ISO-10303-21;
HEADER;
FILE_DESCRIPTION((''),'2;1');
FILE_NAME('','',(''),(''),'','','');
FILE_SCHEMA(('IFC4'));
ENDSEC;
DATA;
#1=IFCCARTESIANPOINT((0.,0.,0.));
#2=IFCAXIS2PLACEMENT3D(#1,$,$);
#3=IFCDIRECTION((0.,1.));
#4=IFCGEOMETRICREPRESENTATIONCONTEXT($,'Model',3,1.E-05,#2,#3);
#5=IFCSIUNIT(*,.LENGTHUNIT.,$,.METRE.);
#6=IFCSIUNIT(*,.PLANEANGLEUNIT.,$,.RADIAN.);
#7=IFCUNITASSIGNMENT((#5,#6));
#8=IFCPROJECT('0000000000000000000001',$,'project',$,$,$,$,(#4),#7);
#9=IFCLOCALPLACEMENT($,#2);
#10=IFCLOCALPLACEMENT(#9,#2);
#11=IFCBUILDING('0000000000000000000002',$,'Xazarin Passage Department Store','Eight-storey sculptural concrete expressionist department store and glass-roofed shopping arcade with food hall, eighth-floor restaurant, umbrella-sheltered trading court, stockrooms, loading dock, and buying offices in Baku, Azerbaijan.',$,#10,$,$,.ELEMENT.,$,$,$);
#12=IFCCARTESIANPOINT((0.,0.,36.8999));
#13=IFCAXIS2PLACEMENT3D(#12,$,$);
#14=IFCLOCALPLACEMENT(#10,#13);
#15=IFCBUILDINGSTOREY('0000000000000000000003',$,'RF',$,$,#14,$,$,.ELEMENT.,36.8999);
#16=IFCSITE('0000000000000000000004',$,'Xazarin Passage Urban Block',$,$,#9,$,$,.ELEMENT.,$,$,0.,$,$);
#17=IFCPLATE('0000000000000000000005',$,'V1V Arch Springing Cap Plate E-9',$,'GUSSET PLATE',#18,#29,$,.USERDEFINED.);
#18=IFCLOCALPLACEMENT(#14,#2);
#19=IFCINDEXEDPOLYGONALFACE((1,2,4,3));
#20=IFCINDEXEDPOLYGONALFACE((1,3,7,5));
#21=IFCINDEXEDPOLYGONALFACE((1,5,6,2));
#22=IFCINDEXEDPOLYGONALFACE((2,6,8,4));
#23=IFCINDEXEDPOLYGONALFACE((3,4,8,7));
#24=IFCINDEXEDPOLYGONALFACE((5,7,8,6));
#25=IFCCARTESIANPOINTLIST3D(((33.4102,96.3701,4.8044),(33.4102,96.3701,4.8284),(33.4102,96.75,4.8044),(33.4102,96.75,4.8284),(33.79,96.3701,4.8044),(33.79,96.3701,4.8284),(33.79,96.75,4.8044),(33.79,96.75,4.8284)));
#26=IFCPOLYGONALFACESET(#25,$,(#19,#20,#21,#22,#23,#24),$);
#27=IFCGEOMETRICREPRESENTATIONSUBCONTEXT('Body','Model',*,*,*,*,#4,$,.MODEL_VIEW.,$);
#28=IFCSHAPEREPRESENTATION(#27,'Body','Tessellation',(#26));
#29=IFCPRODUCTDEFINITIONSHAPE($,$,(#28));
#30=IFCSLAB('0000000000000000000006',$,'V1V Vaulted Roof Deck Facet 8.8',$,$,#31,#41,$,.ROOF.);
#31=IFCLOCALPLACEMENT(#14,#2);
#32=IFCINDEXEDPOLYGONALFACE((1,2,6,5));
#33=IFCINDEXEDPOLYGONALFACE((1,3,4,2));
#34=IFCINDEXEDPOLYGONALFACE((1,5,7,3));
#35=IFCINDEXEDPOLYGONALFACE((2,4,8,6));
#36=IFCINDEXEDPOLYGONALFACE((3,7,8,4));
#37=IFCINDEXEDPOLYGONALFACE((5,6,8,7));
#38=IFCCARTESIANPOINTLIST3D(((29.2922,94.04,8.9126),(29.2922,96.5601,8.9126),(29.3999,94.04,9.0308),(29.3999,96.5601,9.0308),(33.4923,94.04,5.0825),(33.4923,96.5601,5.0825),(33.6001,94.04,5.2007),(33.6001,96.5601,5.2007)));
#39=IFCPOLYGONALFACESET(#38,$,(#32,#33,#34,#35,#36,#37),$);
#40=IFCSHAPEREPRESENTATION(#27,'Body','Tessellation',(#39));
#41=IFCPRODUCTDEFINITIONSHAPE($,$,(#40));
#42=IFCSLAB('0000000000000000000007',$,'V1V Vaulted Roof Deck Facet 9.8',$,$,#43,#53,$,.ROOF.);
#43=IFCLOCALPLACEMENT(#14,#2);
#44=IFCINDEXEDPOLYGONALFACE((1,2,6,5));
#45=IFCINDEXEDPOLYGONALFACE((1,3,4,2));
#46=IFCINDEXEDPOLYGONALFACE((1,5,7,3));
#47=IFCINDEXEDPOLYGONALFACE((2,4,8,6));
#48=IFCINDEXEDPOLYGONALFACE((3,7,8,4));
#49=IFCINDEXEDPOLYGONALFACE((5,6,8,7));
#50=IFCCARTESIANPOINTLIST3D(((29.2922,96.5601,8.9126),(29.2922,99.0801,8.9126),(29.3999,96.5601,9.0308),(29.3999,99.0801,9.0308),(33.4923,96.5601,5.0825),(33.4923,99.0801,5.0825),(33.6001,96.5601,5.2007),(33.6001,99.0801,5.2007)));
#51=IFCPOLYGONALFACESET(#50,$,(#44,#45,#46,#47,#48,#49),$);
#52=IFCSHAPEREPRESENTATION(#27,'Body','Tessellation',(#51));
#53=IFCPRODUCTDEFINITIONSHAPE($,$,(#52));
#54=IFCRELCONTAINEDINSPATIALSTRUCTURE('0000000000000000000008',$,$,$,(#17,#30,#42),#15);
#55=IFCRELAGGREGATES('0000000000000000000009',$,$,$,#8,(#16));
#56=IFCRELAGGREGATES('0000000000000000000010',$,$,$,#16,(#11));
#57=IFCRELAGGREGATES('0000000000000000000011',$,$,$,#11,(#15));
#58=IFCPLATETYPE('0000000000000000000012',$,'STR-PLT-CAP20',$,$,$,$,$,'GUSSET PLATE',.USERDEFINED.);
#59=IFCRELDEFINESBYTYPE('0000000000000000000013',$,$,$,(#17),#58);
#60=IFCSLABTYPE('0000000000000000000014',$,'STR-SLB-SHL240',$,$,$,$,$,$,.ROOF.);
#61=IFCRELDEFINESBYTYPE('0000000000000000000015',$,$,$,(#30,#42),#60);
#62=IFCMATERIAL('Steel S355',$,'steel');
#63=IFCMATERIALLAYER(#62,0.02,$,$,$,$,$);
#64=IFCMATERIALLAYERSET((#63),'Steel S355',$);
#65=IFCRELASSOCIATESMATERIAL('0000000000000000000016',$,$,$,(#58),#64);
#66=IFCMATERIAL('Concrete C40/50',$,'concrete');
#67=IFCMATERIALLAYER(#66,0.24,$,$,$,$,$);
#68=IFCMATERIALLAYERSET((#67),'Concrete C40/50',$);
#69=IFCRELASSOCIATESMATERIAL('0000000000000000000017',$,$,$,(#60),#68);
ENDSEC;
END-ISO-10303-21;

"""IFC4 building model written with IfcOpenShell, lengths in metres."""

from ifc_helpers import new_model, si_unit, direction, frame, origin, origin_2d, place, context, subcontext, project, spatial, polyline, rectangle, outline, extrude, material, layer, layer_set, type_object, element, save


model = new_model("IFC4")

# Units and contexts
model_context = context("Model", 3, precision=1e-05, world=origin(), true_north=direction((0.0, 1.0)))
body_context = subcontext(model_context, "Body", "Model", "MODEL_VIEW")
ifc_project = project(units=[si_unit("LENGTHUNIT", "METRE"), si_unit("PLANEANGLEUNIT", "RADIAN")], contexts=[model_context])

# Site, building, storey
site_placement = place(None, origin())
site = spatial("IfcSite", under=ifc_project, at=site_placement, Name="Xazarin Passage Urban Block", CompositionType="ELEMENT", RefElevation=0.0)
building_placement = place(site_placement, origin())
building = spatial("IfcBuilding", under=site, at=building_placement, Name="Xazarin Passage Department Store", Description="Eight-storey sculptural concrete expressionist department store and glass-roofed shopping arcade with food hall, eighth-floor restaurant, umbrella-sheltered trading court, stockrooms, loading dock, and buying offices in Baku, Azerbaijan.", CompositionType="ELEMENT")
storey_placement = place(building_placement, frame((0.0, 0.0, 36.8999)))
storey = spatial("IfcBuildingStorey", under=building, at=storey_placement, Name="RF", CompositionType="ELEMENT", Elevation=36.8999)

# Shared definitions
ifc_material_1 = material(Name="Steel S355", Category="steel")

# Plate
ifc_layer_1 = layer(ifc_material_1, 0.02)
ifc_layer_set_1 = layer_set([ifc_layer_1], Name="Steel S355")
plate_type_1 = type_object("IfcPlateType", Name="STR-PLT-CAP20", ElementType="GUSSET PLATE", PredefinedType="USERDEFINED", material=ifc_layer_set_1)
for number, where, z_axis, x_axis, name in (
    (1, (33.6001, 96.5601, 4.8044), (0.0, 0.0, 1.0), (1.0, 0.0, 0.0), "V1V Arch Springing Cap Plate E-9"),
):
    element("IfcPlate", number, at=place(storey_placement, frame(where, z_axis=z_axis, x_axis=x_axis)), inside=storey, type_object=plate_type_1, Name=name, ObjectType="GUSSET PLATE", PredefinedType="USERDEFINED", context=body_context, shape_type="SweptSolid", body=[
        extrude(rectangle(XDim=0.3799, YDim=0.3799, at=origin_2d()), origin(), (0.0, 0.0, 1.0), 0.0239),
    ])

# Slabs
ifc_material_2 = material(Name="Concrete C40/50", Category="concrete")
ifc_layer_2 = layer(ifc_material_2, 0.24)
ifc_layer_set_2 = layer_set([ifc_layer_2], Name="Concrete C40/50")
slab_type = type_object("IfcSlabType", Name="STR-SLB-SHL240", PredefinedType="ROOF", material=ifc_layer_set_2)
for number, where, z_axis, x_axis, name in (
    (2, (29.3999, 94.04, 9.0308), (0.673801, 0.0, 0.738913), (0.738913, 0.0, -0.673801), "V1V Vaulted Roof Deck Facet 8.8"),
    (3, (29.3999, 96.5601, 9.0308), (0.673801, 0.0, 0.738913), (0.738913, 0.0, -0.673801), "V1V Vaulted Roof Deck Facet 9.8"),
):
    element("IfcSlab", number, at=place(storey_placement, frame(where, z_axis=z_axis, x_axis=x_axis)), inside=storey, type_object=slab_type, Name=name, PredefinedType="ROOF", context=body_context, shape_type="SweptSolid", body=[
        extrude(outline(polyline([(0.0, 0.0), (5.6843, 0.0), (5.6843, 2.52), (0.0, 2.52), (0.0, 0.0)])), origin(), (0.0, 0.0, -1.0), 0.1599),
    ])

save(model, "model.ifc")
